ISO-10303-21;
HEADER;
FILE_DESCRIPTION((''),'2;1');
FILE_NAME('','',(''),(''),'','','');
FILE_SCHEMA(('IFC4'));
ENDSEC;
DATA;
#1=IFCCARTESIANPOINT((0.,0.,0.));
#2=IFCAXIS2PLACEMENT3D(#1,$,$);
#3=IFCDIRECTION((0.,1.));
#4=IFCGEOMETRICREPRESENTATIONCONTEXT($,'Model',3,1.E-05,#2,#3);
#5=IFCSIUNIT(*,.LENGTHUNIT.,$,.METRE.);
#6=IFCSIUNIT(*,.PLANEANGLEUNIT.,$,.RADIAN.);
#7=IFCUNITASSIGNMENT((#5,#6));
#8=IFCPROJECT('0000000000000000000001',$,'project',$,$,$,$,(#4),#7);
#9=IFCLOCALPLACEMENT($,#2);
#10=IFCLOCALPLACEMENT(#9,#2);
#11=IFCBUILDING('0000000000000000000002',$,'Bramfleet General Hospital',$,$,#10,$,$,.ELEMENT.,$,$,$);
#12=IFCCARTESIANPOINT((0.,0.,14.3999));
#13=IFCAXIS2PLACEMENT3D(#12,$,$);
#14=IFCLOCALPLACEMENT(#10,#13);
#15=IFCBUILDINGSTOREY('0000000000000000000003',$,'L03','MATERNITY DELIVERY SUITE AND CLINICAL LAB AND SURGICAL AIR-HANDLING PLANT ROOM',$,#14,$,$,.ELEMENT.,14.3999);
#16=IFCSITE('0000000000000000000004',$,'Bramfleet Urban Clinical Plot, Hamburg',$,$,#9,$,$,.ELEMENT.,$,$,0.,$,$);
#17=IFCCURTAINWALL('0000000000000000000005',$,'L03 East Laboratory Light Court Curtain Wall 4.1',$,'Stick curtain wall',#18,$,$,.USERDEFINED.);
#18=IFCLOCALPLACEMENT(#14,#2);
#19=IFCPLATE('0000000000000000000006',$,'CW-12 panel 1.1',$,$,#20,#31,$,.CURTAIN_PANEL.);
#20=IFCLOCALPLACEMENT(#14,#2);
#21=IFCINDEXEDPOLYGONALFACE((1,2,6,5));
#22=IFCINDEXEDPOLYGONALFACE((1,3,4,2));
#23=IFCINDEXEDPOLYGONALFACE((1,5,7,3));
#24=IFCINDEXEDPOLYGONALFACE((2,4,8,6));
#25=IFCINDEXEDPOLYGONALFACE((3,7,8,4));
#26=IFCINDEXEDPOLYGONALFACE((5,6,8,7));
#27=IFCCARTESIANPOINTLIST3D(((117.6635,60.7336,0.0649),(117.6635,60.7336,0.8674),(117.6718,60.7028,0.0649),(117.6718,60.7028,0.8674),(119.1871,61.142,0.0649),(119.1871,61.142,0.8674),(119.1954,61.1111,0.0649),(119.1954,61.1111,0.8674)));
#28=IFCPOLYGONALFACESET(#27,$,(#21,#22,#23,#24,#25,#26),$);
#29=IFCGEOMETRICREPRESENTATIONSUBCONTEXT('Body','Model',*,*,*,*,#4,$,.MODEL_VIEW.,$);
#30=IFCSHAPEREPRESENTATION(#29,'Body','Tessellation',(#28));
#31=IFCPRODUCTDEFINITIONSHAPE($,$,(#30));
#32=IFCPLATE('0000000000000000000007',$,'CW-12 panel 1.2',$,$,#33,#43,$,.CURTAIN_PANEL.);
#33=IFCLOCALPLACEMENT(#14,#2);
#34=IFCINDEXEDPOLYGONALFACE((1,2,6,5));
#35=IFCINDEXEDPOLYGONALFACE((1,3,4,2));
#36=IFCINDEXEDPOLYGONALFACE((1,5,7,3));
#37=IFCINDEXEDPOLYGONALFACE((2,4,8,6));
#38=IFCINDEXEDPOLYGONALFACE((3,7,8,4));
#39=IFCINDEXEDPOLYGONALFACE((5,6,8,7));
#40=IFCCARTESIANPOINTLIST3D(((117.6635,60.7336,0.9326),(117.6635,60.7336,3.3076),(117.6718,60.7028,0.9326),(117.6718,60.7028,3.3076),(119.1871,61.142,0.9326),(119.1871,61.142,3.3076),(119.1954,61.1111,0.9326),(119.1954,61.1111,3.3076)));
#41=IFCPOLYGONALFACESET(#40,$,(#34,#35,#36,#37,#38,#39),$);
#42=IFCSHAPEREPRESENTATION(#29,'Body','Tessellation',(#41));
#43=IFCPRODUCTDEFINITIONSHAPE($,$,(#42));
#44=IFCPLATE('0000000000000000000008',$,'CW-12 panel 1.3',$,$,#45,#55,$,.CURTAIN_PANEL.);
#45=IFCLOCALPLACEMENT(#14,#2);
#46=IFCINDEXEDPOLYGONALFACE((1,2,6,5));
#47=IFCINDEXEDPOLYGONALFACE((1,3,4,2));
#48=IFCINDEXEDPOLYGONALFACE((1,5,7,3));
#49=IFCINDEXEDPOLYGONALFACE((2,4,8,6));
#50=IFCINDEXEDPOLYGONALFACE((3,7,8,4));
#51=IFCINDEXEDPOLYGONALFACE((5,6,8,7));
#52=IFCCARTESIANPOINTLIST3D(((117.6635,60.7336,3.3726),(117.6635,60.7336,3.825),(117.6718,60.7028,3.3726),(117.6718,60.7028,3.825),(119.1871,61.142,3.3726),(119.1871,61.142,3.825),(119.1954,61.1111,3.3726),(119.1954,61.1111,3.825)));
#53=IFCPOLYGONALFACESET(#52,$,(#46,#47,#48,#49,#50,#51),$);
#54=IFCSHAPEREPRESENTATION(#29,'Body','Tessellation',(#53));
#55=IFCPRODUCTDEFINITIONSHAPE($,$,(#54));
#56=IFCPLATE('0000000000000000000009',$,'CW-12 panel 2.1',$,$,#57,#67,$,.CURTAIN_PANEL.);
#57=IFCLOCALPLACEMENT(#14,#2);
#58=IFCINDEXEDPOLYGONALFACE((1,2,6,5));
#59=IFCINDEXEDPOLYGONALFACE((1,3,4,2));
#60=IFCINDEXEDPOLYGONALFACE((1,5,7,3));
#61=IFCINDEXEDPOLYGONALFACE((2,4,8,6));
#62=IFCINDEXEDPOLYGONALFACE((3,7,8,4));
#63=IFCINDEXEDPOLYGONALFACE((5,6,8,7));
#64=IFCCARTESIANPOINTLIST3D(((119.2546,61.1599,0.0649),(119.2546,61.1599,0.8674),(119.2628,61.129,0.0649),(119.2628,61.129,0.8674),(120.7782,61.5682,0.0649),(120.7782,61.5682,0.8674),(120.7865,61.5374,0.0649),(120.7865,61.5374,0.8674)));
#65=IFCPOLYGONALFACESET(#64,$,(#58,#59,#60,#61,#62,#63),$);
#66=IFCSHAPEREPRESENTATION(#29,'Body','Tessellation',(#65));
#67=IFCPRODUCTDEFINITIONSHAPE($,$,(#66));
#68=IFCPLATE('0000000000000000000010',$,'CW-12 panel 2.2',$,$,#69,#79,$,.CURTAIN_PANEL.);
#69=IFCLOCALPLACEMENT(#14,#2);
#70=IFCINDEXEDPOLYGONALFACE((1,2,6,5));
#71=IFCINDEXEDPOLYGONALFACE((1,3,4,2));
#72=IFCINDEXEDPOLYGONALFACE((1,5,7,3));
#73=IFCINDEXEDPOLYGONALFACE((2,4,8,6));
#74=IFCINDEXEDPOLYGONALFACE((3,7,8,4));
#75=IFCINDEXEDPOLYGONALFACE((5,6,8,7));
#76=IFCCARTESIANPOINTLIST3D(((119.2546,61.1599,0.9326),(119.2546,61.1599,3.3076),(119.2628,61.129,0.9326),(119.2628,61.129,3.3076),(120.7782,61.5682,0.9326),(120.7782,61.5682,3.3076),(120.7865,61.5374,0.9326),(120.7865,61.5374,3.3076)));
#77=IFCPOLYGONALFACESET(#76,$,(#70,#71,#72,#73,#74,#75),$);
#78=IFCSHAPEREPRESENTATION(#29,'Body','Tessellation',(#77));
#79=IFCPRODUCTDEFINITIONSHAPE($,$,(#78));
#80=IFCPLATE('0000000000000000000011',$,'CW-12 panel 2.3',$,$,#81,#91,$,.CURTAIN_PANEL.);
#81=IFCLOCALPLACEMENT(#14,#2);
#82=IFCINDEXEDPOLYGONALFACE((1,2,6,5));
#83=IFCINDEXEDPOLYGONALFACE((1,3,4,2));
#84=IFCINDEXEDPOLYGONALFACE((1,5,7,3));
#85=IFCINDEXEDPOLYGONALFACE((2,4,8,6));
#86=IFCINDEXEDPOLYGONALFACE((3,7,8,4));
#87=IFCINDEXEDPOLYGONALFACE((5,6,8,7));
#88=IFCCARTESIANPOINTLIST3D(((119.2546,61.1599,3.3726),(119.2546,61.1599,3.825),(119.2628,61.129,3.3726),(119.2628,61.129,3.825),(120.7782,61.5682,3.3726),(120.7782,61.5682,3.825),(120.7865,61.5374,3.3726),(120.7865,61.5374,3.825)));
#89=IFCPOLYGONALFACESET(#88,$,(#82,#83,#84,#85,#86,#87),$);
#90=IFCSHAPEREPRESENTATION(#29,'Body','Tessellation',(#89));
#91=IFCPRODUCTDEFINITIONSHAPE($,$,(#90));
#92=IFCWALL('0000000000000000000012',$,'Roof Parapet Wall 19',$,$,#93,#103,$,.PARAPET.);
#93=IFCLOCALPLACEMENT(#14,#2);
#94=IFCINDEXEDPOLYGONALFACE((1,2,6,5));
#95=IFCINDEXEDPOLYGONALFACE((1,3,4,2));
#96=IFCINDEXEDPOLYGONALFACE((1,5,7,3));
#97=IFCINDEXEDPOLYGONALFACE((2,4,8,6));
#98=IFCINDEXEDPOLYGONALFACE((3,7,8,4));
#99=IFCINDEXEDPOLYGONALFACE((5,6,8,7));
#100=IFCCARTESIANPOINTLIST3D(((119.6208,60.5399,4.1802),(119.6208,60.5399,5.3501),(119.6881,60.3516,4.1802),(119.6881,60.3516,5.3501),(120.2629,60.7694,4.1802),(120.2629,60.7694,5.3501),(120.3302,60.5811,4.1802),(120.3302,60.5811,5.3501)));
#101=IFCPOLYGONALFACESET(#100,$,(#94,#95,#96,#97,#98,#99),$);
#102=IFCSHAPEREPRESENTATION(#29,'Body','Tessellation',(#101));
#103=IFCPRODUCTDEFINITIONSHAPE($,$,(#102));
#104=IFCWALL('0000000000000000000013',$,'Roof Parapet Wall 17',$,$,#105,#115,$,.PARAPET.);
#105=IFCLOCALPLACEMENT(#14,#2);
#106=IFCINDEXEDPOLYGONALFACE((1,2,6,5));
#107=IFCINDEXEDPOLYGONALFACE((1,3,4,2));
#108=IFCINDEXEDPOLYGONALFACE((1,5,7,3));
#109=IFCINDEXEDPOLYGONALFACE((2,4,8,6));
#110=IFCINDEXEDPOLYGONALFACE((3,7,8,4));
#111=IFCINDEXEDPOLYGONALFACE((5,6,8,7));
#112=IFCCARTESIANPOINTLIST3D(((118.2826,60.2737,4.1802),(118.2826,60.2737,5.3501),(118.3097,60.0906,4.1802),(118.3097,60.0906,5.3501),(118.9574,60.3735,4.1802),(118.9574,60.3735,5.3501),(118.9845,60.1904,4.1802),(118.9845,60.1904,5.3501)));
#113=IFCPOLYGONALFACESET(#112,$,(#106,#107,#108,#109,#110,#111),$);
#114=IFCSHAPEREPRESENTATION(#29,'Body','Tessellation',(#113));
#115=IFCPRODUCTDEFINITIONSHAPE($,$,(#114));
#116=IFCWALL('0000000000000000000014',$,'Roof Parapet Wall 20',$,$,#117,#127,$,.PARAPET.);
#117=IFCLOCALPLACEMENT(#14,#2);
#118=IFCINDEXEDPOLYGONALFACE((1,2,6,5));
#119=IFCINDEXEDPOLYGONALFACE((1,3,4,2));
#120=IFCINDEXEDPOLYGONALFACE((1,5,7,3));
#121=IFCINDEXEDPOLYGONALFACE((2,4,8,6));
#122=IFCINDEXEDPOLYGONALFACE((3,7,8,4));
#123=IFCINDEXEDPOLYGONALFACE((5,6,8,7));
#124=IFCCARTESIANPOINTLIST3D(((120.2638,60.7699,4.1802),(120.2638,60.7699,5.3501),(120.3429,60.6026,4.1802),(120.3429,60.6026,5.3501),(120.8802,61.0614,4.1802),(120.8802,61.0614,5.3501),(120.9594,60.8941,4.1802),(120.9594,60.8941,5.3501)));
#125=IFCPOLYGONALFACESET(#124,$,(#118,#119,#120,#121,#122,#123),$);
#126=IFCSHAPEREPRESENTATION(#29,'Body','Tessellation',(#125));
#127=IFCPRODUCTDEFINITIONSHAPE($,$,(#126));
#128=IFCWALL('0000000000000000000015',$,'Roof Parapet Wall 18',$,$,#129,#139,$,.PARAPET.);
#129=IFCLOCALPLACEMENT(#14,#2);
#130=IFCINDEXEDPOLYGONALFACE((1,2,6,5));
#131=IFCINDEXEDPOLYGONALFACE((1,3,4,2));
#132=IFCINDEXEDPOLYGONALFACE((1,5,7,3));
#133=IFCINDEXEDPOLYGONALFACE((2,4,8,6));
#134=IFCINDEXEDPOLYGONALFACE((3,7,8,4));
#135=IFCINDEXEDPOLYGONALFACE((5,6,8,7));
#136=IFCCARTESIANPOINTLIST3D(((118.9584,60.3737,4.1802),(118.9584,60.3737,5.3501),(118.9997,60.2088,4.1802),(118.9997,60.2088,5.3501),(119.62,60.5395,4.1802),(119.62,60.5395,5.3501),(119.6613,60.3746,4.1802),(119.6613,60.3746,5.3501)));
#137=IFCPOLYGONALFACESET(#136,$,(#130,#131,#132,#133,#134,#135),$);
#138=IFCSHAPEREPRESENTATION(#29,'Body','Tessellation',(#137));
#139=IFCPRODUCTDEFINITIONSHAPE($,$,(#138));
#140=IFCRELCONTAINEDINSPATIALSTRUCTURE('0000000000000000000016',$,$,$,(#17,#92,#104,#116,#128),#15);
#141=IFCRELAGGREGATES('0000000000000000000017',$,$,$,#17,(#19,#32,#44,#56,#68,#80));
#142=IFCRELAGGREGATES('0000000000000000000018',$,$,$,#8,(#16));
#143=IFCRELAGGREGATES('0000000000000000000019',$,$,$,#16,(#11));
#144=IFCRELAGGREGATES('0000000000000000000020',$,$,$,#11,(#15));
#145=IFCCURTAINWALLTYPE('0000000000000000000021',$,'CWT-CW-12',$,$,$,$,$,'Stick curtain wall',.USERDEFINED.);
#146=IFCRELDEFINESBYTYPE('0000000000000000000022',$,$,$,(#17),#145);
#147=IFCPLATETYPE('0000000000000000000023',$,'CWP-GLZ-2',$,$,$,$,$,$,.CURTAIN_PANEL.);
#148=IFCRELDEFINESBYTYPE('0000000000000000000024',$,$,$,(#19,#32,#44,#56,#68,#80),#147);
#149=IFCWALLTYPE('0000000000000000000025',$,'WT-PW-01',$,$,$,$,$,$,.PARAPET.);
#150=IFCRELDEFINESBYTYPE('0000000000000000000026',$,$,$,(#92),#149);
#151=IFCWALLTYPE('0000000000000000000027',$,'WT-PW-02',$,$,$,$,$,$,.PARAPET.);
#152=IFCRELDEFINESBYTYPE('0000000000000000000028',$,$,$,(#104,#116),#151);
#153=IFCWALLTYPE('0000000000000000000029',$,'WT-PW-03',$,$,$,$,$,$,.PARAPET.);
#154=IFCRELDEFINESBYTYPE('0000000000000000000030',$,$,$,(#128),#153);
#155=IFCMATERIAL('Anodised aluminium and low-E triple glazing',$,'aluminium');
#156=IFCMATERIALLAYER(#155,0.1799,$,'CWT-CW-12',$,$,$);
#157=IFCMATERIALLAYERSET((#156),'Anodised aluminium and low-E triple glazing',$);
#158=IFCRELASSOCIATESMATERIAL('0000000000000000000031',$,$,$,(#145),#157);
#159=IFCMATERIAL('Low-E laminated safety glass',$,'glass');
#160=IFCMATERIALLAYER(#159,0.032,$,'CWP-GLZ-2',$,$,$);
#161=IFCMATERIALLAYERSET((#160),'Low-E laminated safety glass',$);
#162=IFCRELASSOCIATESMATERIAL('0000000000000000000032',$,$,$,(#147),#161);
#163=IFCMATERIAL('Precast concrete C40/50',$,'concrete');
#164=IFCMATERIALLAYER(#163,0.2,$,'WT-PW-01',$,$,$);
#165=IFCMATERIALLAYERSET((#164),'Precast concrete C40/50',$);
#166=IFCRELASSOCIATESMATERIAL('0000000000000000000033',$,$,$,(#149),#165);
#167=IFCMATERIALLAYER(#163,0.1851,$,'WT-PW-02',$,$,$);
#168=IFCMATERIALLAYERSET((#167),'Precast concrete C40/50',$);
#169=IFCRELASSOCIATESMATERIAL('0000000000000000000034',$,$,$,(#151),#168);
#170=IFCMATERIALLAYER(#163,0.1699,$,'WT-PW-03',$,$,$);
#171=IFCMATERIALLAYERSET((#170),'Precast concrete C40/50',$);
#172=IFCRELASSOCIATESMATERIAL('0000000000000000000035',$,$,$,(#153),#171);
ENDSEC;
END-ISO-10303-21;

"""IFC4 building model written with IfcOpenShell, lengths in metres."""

from ifc_helpers import new_model, si_unit, direction, frame, frame_2d, origin, origin_2d, place, context, subcontext, project, spatial, rectangle, extrude, material, layer, layer_set, type_object, element, aggregate, save


model = new_model("IFC4")

# Units and contexts
model_context = context("Model", 3, precision=1e-05, world=origin(), true_north=direction((0.0, 1.0)))
body_context = subcontext(model_context, "Body", "Model", "MODEL_VIEW")
ifc_project = project(units=[si_unit("LENGTHUNIT", "METRE"), si_unit("PLANEANGLEUNIT", "RADIAN")], contexts=[model_context])

# Site, building, storey
site_placement = place(None, origin())
site = spatial("IfcSite", under=ifc_project, at=site_placement, Name="Bramfleet Urban Clinical Plot, Hamburg", CompositionType="ELEMENT", RefElevation=0.0)
building_placement = place(site_placement, origin())
building = spatial("IfcBuilding", under=site, at=building_placement, Name="Bramfleet General Hospital", CompositionType="ELEMENT")
storey_placement = place(building_placement, frame((0.0, 0.0, 14.3999)))
storey = spatial("IfcBuildingStorey", under=building, at=storey_placement, Name="L03", Description="MATERNITY DELIVERY SUITE AND CLINICAL LAB AND SURGICAL AIR-HANDLING PLANT ROOM", CompositionType="ELEMENT", Elevation=14.3999)

# Curtain wall
ifc_material_1 = material(Name="Anodised aluminium and low-E triple glazing", Category="aluminium")
ifc_layer_1 = layer(ifc_material_1, 0.1799, Name="CWT-CW-12")
ifc_layer_set_1 = layer_set([ifc_layer_1], Name="Anodised aluminium and low-E triple glazing")
curtain_wall_type_1 = type_object("IfcCurtainWallType", Name="CWT-CW-12", ElementType="Stick curtain wall", PredefinedType="USERDEFINED", material=ifc_layer_set_1)
curtain_wall_1_placement = place(storey_placement, origin())
curtain_wall_1 = element("IfcCurtainWall", 1, at=curtain_wall_1_placement, inside=storey, type_object=curtain_wall_type_1, Name="L03 East Laboratory Light Court Curtain Wall 4.1", ObjectType="Stick curtain wall", PredefinedType="USERDEFINED")

# Plates
ifc_material_2 = material(Name="Low-E laminated safety glass", Category="glass")
ifc_layer_2 = layer(ifc_material_2, 0.032, Name="CWP-GLZ-2")
ifc_layer_set_2 = layer_set([ifc_layer_2], Name="Low-E laminated safety glass")
plate_type = type_object("IfcPlateType", Name="CWP-GLZ-2", PredefinedType="CURTAIN_PANEL", material=ifc_layer_set_2)
plate_1_placement = place(storey_placement, frame((118.4294, 60.9224, 0.0649), z_axis=(0.0, 0.0, 1.0), x_axis=(0.965914, 0.258865, 0.0)))
plate_1 = element("IfcPlate", 2, at=plate_1_placement, type_object=plate_type, Name="CW-12 panel 1.1", PredefinedType="CURTAIN_PANEL", context=body_context, shape_type="SweptSolid", body=[
    extrude(rectangle(XDim=1.5774, YDim=0.032, at=origin_2d()), origin(), (0.0, 0.0, 1.0), 0.8025),
])
plate_2_placement = place(storey_placement, frame((118.4294, 60.9224, 0.9326), z_axis=(0.0, 0.0, 1.0), x_axis=(0.965914, 0.258865, 0.0)))
plate_2 = element("IfcPlate", 3, at=plate_2_placement, type_object=plate_type, Name="CW-12 panel 1.2", PredefinedType="CURTAIN_PANEL", context=body_context, shape_type="SweptSolid", body=[
    extrude(rectangle(XDim=1.5774, YDim=0.032, at=origin_2d()), origin(), (0.0, 0.0, 1.0), 2.375),
])
plate_3_placement = place(storey_placement, frame((118.4294, 60.9224, 3.3726), z_axis=(0.0, 0.0, 1.0), x_axis=(0.965914, 0.258865, 0.0)))
plate_3 = element("IfcPlate", 4, at=plate_3_placement, type_object=plate_type, Name="CW-12 panel 1.3", PredefinedType="CURTAIN_PANEL", context=body_context, shape_type="SweptSolid", body=[
    extrude(rectangle(XDim=1.5774, YDim=0.032, at=origin_2d()), origin(), (0.0, 0.0, 1.0), 0.4524),
])
plate_4_placement = place(storey_placement, frame((120.0205, 61.3486, 0.0649), z_axis=(0.0, 0.0, 1.0), x_axis=(0.965914, 0.258865, 0.0)))
plate_4 = element("IfcPlate", 5, at=plate_4_placement, type_object=plate_type, Name="CW-12 panel 2.1", PredefinedType="CURTAIN_PANEL", context=body_context, shape_type="SweptSolid", body=[
    extrude(rectangle(XDim=1.5774, YDim=0.032, at=origin_2d()), origin(), (0.0, 0.0, 1.0), 0.8025),
])
plate_5_placement = place(storey_placement, frame((120.0205, 61.3486, 0.9326), z_axis=(0.0, 0.0, 1.0), x_axis=(0.965914, 0.258865, 0.0)))
plate_5 = element("IfcPlate", 6, at=plate_5_placement, type_object=plate_type, Name="CW-12 panel 2.2", PredefinedType="CURTAIN_PANEL", context=body_context, shape_type="SweptSolid", body=[
    extrude(rectangle(XDim=1.5774, YDim=0.032, at=origin_2d()), origin(), (0.0, 0.0, 1.0), 2.375),
])
plate_6_placement = place(storey_placement, frame((120.0205, 61.3486, 3.3726), z_axis=(0.0, 0.0, 1.0), x_axis=(0.965914, 0.258865, 0.0)))
plate_6 = element("IfcPlate", 7, at=plate_6_placement, type_object=plate_type, Name="CW-12 panel 2.3", PredefinedType="CURTAIN_PANEL", context=body_context, shape_type="SweptSolid", body=[
    extrude(rectangle(XDim=1.5774, YDim=0.032, at=origin_2d()), origin(), (0.0, 0.0, 1.0), 0.4524),
])
aggregate(curtain_wall_1, [plate_1, plate_2, plate_3, plate_4, plate_5, plate_6])

# Walls
ifc_material_3 = material(Name="Precast concrete C40/50", Category="concrete")
ifc_layer_3 = layer(ifc_material_3, 0.2, Name="WT-PW-01")
ifc_layer_set_3 = layer_set([ifc_layer_3], Name="Precast concrete C40/50")
wall_type_1 = type_object("IfcWallType", Name="WT-PW-01", PredefinedType="PARAPET", material=ifc_layer_set_3)
wall_1_placement = place(storey_placement, frame((119.6545, 60.4458, 4.1802), z_axis=(0.0, 0.0, 1.0), x_axis=(0.941661, 0.336563, 0.0)))
element("IfcWall", 8, at=wall_1_placement, inside=storey, type_object=wall_type_1, Name="Roof Parapet Wall 19", PredefinedType="PARAPET", context=body_context, shape_type="SweptSolid", body=[
    extrude(rectangle(XDim=0.6819, YDim=0.2, at=frame_2d((0.3408, 0.0))), origin(), (0.0, 0.0, 1.0), 1.1699),
])
ifc_layer_4 = layer(ifc_material_3, 0.1851, Name="WT-PW-02")
ifc_layer_set_4 = layer_set([ifc_layer_4], Name="Precast concrete C40/50")
wall_type_2 = type_object("IfcWallType", Name="WT-PW-02", PredefinedType="PARAPET", material=ifc_layer_set_4)
wall_2_placement = place(storey_placement, frame((118.2961, 60.1821, 4.1802), z_axis=(0.0, 0.0, 1.0), x_axis=(0.989228, 0.14638, 0.0)))
element("IfcWall", 9, at=wall_2_placement, inside=storey, type_object=wall_type_2, Name="Roof Parapet Wall 17", PredefinedType="PARAPET", context=body_context, shape_type="SweptSolid", body=[
    extrude(rectangle(XDim=0.6821, YDim=0.1851, at=frame_2d((0.3411, 0.0))), origin(), (0.0, 0.0, 1.0), 1.1699),
])
wall_3_placement = place(storey_placement, frame((120.3035, 60.6863, 4.1802), z_axis=(0.0, 0.0, 1.0), x_axis=(0.904022, 0.427486, 0.0)))
element("IfcWall", 10, at=wall_3_placement, inside=storey, type_object=wall_type_2, Name="Roof Parapet Wall 20", PredefinedType="PARAPET", context=body_context, shape_type="SweptSolid", body=[
    extrude(rectangle(XDim=0.6819, YDim=0.1851, at=frame_2d((0.3408, 0.0))), origin(), (0.0, 0.0, 1.0), 1.1699),
])
ifc_layer_5 = layer(ifc_material_3, 0.1699, Name="WT-PW-03")
ifc_layer_set_5 = layer_set([ifc_layer_5], Name="Precast concrete C40/50")
wall_type_3 = type_object("IfcWallType", Name="WT-PW-03", PredefinedType="PARAPET", material=ifc_layer_set_5)
wall_4_placement = place(storey_placement, frame((118.979, 60.2913, 4.1802), z_axis=(0.0, 0.0, 1.0), x_axis=(0.970016, 0.243041, 0.0)))
element("IfcWall", 11, at=wall_4_placement, inside=storey, type_object=wall_type_3, Name="Roof Parapet Wall 18", PredefinedType="PARAPET", context=body_context, shape_type="SweptSolid", body=[
    extrude(rectangle(XDim=0.6821, YDim=0.1699, at=frame_2d((0.3411, 0.0))), origin(), (0.0, 0.0, 1.0), 1.1699),
])

save(model, "model.ifc")
